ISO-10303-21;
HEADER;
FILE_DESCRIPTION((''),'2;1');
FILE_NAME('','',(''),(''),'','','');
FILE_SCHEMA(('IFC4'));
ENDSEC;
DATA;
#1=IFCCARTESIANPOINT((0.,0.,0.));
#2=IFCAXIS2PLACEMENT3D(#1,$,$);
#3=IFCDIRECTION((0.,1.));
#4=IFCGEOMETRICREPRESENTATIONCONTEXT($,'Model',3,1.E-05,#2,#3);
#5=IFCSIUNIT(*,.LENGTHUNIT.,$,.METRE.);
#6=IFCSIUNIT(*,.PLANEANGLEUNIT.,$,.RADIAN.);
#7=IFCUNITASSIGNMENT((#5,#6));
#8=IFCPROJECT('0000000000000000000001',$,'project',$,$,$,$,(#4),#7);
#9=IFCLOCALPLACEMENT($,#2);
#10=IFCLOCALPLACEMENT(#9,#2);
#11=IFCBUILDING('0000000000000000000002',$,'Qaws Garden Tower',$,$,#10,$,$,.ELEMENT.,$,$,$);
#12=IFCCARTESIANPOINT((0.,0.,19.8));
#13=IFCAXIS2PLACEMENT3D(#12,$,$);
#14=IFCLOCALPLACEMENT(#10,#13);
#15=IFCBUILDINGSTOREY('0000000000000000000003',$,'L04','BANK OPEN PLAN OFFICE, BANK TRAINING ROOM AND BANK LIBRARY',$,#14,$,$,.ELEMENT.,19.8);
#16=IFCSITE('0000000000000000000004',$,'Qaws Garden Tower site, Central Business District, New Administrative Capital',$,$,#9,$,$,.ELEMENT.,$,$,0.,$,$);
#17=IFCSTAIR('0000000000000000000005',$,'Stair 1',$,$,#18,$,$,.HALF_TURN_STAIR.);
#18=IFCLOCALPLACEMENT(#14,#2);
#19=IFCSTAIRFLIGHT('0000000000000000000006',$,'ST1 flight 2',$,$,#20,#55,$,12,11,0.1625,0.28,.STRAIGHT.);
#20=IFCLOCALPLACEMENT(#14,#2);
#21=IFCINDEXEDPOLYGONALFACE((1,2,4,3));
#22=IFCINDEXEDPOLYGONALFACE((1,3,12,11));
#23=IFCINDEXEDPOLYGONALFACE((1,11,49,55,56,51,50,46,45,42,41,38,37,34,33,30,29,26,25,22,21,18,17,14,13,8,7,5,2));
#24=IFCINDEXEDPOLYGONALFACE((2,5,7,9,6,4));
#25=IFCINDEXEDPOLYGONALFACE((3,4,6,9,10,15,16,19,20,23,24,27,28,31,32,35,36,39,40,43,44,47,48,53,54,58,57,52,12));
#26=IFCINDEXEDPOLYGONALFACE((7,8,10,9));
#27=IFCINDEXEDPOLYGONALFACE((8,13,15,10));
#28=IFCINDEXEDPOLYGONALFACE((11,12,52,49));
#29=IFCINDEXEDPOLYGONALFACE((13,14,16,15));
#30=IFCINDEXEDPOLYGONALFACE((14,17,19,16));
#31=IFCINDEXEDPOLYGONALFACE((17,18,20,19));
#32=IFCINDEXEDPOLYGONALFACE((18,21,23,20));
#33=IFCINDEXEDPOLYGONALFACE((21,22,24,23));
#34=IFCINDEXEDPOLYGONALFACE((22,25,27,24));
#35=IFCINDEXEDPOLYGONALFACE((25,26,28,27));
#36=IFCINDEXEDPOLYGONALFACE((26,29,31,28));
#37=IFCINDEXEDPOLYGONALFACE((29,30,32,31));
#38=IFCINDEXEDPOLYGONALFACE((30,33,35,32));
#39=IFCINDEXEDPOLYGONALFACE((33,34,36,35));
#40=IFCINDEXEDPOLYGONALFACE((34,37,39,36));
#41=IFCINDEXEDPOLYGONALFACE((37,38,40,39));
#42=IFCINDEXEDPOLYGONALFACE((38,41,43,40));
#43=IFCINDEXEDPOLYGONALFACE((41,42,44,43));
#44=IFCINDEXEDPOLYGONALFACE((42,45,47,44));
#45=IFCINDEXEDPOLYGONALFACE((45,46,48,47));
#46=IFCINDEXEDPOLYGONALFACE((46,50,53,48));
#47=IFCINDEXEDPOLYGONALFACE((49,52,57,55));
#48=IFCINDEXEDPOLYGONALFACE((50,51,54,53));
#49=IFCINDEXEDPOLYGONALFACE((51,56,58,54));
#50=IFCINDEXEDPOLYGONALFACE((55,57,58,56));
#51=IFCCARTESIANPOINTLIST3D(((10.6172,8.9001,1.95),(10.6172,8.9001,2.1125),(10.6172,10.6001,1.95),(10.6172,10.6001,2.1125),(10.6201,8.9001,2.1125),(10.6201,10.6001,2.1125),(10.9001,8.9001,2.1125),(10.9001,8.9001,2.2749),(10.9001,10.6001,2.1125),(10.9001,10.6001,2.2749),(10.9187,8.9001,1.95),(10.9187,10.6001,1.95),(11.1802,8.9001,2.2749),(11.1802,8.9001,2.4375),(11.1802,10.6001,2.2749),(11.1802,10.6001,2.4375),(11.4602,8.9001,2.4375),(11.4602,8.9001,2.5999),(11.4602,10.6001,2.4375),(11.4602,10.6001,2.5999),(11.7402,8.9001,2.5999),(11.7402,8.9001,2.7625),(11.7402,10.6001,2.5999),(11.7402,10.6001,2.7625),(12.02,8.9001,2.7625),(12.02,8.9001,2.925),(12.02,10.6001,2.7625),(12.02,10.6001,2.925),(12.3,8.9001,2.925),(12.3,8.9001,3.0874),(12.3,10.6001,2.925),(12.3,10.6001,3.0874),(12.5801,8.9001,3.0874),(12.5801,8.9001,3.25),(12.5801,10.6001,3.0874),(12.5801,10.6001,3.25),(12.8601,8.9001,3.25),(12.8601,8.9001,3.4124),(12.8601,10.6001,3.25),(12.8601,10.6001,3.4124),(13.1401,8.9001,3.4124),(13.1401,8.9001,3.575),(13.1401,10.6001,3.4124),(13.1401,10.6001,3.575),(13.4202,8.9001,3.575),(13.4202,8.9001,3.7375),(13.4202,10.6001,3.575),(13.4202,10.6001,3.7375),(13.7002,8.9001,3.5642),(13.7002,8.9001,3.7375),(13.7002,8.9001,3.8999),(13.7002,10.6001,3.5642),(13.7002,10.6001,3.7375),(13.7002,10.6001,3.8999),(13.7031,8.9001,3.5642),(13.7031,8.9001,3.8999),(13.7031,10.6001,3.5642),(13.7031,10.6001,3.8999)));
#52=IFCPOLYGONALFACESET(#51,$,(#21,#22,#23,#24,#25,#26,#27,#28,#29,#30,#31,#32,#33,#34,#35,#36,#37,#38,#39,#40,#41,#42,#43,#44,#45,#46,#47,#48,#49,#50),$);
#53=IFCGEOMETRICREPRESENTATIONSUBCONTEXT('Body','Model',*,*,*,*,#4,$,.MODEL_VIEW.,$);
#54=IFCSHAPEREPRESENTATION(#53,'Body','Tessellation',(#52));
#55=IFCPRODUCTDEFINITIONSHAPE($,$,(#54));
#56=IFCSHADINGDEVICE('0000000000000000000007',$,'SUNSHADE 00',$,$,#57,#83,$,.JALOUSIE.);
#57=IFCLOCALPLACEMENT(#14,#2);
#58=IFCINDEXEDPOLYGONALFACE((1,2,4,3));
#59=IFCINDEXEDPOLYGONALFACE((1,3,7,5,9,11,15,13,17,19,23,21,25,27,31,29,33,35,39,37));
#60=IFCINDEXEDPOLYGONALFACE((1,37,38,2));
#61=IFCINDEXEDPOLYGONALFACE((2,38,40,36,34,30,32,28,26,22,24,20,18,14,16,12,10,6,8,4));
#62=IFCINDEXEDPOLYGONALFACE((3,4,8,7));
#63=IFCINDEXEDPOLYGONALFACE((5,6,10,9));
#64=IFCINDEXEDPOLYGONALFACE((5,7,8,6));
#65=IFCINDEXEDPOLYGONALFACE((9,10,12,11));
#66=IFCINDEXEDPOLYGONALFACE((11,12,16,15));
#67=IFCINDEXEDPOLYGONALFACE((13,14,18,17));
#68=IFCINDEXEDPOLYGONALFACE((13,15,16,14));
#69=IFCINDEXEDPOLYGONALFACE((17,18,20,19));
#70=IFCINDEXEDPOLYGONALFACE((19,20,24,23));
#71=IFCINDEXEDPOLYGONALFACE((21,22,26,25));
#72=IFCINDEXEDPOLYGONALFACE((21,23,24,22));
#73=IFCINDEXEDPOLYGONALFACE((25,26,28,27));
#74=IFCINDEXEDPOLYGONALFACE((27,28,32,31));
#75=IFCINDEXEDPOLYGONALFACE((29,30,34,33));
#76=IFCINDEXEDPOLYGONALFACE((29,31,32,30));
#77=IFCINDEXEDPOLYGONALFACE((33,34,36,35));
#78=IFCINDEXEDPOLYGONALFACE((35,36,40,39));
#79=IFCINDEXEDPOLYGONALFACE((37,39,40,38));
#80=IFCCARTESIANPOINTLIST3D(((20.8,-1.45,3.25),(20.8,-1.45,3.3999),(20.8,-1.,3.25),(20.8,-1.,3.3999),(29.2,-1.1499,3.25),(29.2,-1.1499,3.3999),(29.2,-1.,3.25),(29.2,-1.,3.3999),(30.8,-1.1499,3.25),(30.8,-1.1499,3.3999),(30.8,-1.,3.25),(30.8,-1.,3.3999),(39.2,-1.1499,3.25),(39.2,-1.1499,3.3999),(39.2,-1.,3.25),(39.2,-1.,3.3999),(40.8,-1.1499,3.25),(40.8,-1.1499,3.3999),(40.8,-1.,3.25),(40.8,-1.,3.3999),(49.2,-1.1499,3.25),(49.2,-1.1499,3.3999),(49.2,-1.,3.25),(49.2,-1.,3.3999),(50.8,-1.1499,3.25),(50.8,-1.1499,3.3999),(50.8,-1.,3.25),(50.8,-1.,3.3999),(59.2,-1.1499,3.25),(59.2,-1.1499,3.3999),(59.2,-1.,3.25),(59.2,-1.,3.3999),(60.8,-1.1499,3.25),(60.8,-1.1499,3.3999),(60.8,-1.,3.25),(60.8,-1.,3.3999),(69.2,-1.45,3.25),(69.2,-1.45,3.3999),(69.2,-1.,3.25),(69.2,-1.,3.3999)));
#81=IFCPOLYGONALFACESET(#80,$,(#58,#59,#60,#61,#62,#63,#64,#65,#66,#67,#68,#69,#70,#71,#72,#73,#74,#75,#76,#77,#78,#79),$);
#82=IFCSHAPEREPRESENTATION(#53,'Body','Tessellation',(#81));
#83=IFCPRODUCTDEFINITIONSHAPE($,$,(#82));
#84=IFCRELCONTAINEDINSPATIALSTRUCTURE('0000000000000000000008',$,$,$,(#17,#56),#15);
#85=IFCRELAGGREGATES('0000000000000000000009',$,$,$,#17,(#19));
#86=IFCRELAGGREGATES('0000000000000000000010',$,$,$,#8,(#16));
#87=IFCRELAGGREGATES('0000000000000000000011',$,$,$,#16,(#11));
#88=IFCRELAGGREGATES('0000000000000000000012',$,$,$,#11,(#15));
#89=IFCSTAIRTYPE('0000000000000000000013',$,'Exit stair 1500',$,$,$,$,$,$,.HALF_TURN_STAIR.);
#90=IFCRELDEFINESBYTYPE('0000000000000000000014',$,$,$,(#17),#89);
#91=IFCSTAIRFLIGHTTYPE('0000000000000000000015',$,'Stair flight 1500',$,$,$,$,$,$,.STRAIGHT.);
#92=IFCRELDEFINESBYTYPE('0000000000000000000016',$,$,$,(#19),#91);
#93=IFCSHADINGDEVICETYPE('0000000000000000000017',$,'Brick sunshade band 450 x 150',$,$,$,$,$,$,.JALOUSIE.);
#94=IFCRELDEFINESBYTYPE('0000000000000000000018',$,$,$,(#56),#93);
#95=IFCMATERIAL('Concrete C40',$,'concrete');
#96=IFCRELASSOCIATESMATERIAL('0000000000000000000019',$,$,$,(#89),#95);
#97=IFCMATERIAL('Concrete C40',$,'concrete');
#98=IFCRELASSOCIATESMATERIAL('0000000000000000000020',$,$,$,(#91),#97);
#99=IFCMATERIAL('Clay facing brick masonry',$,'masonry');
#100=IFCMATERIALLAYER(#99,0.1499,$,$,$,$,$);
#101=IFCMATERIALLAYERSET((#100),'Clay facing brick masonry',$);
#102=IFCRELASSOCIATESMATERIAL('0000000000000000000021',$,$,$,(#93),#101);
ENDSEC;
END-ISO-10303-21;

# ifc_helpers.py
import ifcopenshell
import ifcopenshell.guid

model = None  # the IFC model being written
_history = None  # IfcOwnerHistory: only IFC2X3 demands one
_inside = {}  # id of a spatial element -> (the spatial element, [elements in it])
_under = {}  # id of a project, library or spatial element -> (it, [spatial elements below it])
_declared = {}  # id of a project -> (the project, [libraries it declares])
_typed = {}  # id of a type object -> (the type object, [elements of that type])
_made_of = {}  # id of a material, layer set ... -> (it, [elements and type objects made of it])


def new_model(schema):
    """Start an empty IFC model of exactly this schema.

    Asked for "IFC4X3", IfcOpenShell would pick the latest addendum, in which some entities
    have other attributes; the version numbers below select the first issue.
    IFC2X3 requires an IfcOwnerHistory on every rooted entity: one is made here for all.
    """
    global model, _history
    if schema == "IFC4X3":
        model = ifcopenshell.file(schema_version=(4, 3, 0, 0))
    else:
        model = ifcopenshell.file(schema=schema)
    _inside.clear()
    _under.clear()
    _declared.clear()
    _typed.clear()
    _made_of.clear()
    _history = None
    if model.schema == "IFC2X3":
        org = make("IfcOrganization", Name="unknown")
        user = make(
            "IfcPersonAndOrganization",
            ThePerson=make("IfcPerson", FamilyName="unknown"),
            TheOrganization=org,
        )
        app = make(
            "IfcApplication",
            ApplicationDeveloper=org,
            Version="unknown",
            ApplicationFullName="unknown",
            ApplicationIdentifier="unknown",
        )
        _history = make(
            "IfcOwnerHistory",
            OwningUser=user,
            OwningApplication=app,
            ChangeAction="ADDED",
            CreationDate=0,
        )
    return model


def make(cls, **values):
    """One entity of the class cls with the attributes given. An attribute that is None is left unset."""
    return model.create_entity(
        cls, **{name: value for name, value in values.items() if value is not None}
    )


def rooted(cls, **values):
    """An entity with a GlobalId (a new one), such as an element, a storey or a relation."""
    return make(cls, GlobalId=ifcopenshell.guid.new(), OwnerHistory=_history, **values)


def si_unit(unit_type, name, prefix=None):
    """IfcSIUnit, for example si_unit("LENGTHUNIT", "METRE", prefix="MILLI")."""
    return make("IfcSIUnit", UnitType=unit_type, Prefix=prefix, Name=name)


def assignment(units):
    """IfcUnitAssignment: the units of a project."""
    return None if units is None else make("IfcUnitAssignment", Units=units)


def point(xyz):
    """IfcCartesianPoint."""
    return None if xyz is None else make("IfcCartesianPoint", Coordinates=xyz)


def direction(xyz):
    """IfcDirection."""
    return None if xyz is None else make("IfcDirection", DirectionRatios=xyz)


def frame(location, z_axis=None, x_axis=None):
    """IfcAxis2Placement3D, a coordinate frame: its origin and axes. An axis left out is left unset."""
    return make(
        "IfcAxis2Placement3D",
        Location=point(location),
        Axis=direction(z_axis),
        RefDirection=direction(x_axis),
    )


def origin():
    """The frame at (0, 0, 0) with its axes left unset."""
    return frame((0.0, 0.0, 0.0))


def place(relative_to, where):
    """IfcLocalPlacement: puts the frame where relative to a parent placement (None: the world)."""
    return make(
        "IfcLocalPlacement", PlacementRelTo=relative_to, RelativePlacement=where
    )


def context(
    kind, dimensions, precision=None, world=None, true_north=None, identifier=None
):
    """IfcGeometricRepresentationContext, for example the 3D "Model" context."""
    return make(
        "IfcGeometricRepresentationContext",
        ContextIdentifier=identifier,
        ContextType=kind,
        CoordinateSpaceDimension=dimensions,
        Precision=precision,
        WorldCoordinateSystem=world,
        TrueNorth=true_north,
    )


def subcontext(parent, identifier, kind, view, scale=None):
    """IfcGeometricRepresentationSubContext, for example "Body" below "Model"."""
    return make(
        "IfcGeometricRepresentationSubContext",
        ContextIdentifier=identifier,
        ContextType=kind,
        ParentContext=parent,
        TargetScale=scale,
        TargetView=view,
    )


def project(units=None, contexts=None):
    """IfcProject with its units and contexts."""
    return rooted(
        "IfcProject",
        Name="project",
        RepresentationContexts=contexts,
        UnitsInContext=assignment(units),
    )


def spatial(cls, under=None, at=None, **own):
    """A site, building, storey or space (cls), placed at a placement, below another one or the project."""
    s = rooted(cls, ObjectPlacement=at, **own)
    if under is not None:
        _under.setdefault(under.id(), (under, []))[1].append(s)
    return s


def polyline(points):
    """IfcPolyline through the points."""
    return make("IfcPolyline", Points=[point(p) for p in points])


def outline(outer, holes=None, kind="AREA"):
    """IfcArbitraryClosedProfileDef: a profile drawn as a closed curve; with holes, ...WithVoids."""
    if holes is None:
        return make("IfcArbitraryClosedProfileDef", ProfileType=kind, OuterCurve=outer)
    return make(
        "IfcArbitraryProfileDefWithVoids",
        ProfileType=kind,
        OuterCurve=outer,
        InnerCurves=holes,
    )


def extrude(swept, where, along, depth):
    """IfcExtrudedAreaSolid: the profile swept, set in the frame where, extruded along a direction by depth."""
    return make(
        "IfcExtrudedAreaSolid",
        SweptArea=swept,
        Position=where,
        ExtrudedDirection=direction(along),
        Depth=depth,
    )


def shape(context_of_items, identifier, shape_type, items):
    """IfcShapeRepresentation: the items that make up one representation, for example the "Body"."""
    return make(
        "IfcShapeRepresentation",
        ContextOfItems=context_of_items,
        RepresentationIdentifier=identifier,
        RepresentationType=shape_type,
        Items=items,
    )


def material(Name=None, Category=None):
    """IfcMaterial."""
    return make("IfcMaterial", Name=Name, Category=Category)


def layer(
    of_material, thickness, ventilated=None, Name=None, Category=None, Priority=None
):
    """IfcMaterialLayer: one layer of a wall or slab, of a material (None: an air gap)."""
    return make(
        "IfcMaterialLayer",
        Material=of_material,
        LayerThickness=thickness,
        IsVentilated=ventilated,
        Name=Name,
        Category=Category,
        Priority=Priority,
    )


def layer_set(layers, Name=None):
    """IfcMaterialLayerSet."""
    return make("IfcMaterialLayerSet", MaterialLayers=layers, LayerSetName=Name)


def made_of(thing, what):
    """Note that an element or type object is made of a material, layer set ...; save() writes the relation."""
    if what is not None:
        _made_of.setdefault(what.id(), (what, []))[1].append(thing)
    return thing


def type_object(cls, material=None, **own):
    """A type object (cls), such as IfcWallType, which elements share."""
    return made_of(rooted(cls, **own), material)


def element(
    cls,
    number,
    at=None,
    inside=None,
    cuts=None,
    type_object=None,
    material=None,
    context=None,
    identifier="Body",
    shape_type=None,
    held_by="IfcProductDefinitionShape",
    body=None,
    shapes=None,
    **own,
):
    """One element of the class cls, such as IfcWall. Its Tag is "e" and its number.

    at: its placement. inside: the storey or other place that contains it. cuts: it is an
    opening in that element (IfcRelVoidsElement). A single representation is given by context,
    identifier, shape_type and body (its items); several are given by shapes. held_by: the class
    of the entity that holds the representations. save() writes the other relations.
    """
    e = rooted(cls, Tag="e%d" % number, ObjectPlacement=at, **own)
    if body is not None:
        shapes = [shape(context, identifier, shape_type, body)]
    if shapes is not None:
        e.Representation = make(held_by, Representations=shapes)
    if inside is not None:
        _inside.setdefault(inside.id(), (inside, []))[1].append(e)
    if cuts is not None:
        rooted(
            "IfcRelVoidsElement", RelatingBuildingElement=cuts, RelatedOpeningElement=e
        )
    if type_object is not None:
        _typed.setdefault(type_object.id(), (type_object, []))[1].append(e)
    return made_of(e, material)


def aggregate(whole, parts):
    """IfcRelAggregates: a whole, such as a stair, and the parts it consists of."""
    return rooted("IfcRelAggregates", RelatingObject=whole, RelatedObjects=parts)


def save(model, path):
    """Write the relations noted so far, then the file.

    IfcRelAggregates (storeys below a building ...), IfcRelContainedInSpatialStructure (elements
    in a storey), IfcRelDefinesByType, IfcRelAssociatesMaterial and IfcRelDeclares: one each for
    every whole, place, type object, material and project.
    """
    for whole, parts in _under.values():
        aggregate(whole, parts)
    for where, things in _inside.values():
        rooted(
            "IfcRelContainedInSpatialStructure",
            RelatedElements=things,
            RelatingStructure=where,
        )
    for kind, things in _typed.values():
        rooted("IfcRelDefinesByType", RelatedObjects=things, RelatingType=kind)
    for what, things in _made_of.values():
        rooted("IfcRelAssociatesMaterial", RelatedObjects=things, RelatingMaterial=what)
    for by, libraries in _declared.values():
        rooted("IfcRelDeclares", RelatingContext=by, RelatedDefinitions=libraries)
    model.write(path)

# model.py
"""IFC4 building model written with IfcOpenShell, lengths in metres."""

from ifc_helpers import new_model, si_unit, direction, frame, origin, place, context, subcontext, project, spatial, polyline, outline, extrude, material, layer, layer_set, type_object, element, aggregate, save


model = new_model("IFC4")

# Units and contexts
model_context = context("Model", 3, precision=1e-05, world=origin(), true_north=direction((0.0, 1.0)))
body_context = subcontext(model_context, "Body", "Model", "MODEL_VIEW")
ifc_project = project(units=[si_unit("LENGTHUNIT", "METRE"), si_unit("PLANEANGLEUNIT", "RADIAN")], contexts=[model_context])

# Site, building, storey
site_placement = place(None, origin())
site = spatial("IfcSite", under=ifc_project, at=site_placement, Name="Qaws Garden Tower site, Central Business District, New Administrative Capital", CompositionType="ELEMENT", RefElevation=0.0)
building_placement = place(site_placement, origin())
building = spatial("IfcBuilding", under=site, at=building_placement, Name="Qaws Garden Tower", CompositionType="ELEMENT")
storey_placement = place(building_placement, frame((0.0, 0.0, 19.8)))
storey = spatial("IfcBuildingStorey", under=building, at=storey_placement, Name="L04", Description="BANK OPEN PLAN OFFICE, BANK TRAINING ROOM AND BANK LIBRARY", CompositionType="ELEMENT", Elevation=19.8)

# Stair
ifc_material_1 = material(Name="Concrete C40", Category="concrete")
stair_type_1 = type_object("IfcStairType", Name="Exit stair 1500", PredefinedType="HALF_TURN_STAIR", material=ifc_material_1)
placement_1 = place(storey_placement, origin())
stair_1 = element("IfcStair", 1, at=placement_1, inside=storey, type_object=stair_type_1, Name="Stair 1", PredefinedType="HALF_TURN_STAIR")

# Stair flight
ifc_material_2 = material(Name="Concrete C40", Category="concrete")
stair_flight_type = type_object("IfcStairFlightType", Name="Stair flight 1500", PredefinedType="STRAIGHT", material=ifc_material_2)
stair_flight_placement = place(storey_placement, frame((10.6201, 9.75, 1.95), z_axis=(0.0, 0.0, 1.0), x_axis=(1.0, 0.0, 0.0)))
stair_flight = element("IfcStairFlight", 2, at=stair_flight_placement, type_object=stair_flight_type, Name="ST1 flight 2", NumberOfRisers=12, NumberOfTreads=11, PredefinedType="STRAIGHT", RiserHeight=0.1625, TreadLength=0.28, context=body_context, shape_type="SweptSolid", body=[
    extrude(outline(polyline([(-0.0029, 0.0), (-0.0029, 0.1626), (0.0, 0.1626), (0.28, 0.1626), (0.28, 0.325), (0.5601, 0.325), (0.5601, 0.4875), (0.8401, 0.4875), (0.8401, 0.6499), (1.1201, 0.6499), (1.1201, 0.8125), (1.3999, 0.8125), (1.3999, 0.9751), (1.6799, 0.9751), (1.6799, 1.1375), (1.96, 1.1375), (1.96, 1.3), (2.24, 1.3), (2.24, 1.4624), (2.52, 1.4624), (2.52, 1.625), (2.8, 1.625), (2.8, 1.7876), (3.0801, 1.7876), (3.0801, 1.95), (3.083, 1.95), (3.083, 1.6143), (3.0801, 1.6143), (0.2986, 0.0), (-0.0029, 0.0)])), frame((0.0, 0.8501, 0.0), z_axis=(0.0, -1.0, 0.0), x_axis=(1.0, 0.0, 0.0)), (0.0, 0.0, 1.0), 1.7),
])
aggregate(stair_1, [stair_flight])

# Shading device
ifc_material_3 = material(Name="Clay facing brick masonry", Category="masonry")
ifc_layer_1 = layer(ifc_material_3, 0.1499)
ifc_layer_set_1 = layer_set([ifc_layer_1], Name="Clay facing brick masonry")
shading_device_type = type_object("IfcShadingDeviceType", Name="Brick sunshade band 450 x 150", PredefinedType="JALOUSIE", material=ifc_layer_set_1)
shading_device_placement = place(storey_placement, frame((0.0, 0.0, 3.25)))
element("IfcShadingDevice", 3, at=shading_device_placement, inside=storey, type_object=shading_device_type, Name="SUNSHADE 00", PredefinedType="JALOUSIE", context=body_context, shape_type="SweptSolid", body=[
    extrude(outline(polyline([(20.8, -1.0), (20.8, -1.45), (69.2, -1.45), (69.2, -1.0), (60.8, -1.0), (60.8, -1.1499), (59.2, -1.1499), (59.2, -1.0), (50.8, -1.0), (50.8, -1.1499), (49.2, -1.1499), (49.2, -1.0), (40.8, -1.0), (40.8, -1.1499), (39.2, -1.1499), (39.2, -1.0), (30.8, -1.0), (30.8, -1.1499), (29.2, -1.1499), (29.2, -1.0), (20.8, -1.0)])), origin(), (0.0, 0.0, 1.0), 0.1499),
])

save(model, "model.ifc")
